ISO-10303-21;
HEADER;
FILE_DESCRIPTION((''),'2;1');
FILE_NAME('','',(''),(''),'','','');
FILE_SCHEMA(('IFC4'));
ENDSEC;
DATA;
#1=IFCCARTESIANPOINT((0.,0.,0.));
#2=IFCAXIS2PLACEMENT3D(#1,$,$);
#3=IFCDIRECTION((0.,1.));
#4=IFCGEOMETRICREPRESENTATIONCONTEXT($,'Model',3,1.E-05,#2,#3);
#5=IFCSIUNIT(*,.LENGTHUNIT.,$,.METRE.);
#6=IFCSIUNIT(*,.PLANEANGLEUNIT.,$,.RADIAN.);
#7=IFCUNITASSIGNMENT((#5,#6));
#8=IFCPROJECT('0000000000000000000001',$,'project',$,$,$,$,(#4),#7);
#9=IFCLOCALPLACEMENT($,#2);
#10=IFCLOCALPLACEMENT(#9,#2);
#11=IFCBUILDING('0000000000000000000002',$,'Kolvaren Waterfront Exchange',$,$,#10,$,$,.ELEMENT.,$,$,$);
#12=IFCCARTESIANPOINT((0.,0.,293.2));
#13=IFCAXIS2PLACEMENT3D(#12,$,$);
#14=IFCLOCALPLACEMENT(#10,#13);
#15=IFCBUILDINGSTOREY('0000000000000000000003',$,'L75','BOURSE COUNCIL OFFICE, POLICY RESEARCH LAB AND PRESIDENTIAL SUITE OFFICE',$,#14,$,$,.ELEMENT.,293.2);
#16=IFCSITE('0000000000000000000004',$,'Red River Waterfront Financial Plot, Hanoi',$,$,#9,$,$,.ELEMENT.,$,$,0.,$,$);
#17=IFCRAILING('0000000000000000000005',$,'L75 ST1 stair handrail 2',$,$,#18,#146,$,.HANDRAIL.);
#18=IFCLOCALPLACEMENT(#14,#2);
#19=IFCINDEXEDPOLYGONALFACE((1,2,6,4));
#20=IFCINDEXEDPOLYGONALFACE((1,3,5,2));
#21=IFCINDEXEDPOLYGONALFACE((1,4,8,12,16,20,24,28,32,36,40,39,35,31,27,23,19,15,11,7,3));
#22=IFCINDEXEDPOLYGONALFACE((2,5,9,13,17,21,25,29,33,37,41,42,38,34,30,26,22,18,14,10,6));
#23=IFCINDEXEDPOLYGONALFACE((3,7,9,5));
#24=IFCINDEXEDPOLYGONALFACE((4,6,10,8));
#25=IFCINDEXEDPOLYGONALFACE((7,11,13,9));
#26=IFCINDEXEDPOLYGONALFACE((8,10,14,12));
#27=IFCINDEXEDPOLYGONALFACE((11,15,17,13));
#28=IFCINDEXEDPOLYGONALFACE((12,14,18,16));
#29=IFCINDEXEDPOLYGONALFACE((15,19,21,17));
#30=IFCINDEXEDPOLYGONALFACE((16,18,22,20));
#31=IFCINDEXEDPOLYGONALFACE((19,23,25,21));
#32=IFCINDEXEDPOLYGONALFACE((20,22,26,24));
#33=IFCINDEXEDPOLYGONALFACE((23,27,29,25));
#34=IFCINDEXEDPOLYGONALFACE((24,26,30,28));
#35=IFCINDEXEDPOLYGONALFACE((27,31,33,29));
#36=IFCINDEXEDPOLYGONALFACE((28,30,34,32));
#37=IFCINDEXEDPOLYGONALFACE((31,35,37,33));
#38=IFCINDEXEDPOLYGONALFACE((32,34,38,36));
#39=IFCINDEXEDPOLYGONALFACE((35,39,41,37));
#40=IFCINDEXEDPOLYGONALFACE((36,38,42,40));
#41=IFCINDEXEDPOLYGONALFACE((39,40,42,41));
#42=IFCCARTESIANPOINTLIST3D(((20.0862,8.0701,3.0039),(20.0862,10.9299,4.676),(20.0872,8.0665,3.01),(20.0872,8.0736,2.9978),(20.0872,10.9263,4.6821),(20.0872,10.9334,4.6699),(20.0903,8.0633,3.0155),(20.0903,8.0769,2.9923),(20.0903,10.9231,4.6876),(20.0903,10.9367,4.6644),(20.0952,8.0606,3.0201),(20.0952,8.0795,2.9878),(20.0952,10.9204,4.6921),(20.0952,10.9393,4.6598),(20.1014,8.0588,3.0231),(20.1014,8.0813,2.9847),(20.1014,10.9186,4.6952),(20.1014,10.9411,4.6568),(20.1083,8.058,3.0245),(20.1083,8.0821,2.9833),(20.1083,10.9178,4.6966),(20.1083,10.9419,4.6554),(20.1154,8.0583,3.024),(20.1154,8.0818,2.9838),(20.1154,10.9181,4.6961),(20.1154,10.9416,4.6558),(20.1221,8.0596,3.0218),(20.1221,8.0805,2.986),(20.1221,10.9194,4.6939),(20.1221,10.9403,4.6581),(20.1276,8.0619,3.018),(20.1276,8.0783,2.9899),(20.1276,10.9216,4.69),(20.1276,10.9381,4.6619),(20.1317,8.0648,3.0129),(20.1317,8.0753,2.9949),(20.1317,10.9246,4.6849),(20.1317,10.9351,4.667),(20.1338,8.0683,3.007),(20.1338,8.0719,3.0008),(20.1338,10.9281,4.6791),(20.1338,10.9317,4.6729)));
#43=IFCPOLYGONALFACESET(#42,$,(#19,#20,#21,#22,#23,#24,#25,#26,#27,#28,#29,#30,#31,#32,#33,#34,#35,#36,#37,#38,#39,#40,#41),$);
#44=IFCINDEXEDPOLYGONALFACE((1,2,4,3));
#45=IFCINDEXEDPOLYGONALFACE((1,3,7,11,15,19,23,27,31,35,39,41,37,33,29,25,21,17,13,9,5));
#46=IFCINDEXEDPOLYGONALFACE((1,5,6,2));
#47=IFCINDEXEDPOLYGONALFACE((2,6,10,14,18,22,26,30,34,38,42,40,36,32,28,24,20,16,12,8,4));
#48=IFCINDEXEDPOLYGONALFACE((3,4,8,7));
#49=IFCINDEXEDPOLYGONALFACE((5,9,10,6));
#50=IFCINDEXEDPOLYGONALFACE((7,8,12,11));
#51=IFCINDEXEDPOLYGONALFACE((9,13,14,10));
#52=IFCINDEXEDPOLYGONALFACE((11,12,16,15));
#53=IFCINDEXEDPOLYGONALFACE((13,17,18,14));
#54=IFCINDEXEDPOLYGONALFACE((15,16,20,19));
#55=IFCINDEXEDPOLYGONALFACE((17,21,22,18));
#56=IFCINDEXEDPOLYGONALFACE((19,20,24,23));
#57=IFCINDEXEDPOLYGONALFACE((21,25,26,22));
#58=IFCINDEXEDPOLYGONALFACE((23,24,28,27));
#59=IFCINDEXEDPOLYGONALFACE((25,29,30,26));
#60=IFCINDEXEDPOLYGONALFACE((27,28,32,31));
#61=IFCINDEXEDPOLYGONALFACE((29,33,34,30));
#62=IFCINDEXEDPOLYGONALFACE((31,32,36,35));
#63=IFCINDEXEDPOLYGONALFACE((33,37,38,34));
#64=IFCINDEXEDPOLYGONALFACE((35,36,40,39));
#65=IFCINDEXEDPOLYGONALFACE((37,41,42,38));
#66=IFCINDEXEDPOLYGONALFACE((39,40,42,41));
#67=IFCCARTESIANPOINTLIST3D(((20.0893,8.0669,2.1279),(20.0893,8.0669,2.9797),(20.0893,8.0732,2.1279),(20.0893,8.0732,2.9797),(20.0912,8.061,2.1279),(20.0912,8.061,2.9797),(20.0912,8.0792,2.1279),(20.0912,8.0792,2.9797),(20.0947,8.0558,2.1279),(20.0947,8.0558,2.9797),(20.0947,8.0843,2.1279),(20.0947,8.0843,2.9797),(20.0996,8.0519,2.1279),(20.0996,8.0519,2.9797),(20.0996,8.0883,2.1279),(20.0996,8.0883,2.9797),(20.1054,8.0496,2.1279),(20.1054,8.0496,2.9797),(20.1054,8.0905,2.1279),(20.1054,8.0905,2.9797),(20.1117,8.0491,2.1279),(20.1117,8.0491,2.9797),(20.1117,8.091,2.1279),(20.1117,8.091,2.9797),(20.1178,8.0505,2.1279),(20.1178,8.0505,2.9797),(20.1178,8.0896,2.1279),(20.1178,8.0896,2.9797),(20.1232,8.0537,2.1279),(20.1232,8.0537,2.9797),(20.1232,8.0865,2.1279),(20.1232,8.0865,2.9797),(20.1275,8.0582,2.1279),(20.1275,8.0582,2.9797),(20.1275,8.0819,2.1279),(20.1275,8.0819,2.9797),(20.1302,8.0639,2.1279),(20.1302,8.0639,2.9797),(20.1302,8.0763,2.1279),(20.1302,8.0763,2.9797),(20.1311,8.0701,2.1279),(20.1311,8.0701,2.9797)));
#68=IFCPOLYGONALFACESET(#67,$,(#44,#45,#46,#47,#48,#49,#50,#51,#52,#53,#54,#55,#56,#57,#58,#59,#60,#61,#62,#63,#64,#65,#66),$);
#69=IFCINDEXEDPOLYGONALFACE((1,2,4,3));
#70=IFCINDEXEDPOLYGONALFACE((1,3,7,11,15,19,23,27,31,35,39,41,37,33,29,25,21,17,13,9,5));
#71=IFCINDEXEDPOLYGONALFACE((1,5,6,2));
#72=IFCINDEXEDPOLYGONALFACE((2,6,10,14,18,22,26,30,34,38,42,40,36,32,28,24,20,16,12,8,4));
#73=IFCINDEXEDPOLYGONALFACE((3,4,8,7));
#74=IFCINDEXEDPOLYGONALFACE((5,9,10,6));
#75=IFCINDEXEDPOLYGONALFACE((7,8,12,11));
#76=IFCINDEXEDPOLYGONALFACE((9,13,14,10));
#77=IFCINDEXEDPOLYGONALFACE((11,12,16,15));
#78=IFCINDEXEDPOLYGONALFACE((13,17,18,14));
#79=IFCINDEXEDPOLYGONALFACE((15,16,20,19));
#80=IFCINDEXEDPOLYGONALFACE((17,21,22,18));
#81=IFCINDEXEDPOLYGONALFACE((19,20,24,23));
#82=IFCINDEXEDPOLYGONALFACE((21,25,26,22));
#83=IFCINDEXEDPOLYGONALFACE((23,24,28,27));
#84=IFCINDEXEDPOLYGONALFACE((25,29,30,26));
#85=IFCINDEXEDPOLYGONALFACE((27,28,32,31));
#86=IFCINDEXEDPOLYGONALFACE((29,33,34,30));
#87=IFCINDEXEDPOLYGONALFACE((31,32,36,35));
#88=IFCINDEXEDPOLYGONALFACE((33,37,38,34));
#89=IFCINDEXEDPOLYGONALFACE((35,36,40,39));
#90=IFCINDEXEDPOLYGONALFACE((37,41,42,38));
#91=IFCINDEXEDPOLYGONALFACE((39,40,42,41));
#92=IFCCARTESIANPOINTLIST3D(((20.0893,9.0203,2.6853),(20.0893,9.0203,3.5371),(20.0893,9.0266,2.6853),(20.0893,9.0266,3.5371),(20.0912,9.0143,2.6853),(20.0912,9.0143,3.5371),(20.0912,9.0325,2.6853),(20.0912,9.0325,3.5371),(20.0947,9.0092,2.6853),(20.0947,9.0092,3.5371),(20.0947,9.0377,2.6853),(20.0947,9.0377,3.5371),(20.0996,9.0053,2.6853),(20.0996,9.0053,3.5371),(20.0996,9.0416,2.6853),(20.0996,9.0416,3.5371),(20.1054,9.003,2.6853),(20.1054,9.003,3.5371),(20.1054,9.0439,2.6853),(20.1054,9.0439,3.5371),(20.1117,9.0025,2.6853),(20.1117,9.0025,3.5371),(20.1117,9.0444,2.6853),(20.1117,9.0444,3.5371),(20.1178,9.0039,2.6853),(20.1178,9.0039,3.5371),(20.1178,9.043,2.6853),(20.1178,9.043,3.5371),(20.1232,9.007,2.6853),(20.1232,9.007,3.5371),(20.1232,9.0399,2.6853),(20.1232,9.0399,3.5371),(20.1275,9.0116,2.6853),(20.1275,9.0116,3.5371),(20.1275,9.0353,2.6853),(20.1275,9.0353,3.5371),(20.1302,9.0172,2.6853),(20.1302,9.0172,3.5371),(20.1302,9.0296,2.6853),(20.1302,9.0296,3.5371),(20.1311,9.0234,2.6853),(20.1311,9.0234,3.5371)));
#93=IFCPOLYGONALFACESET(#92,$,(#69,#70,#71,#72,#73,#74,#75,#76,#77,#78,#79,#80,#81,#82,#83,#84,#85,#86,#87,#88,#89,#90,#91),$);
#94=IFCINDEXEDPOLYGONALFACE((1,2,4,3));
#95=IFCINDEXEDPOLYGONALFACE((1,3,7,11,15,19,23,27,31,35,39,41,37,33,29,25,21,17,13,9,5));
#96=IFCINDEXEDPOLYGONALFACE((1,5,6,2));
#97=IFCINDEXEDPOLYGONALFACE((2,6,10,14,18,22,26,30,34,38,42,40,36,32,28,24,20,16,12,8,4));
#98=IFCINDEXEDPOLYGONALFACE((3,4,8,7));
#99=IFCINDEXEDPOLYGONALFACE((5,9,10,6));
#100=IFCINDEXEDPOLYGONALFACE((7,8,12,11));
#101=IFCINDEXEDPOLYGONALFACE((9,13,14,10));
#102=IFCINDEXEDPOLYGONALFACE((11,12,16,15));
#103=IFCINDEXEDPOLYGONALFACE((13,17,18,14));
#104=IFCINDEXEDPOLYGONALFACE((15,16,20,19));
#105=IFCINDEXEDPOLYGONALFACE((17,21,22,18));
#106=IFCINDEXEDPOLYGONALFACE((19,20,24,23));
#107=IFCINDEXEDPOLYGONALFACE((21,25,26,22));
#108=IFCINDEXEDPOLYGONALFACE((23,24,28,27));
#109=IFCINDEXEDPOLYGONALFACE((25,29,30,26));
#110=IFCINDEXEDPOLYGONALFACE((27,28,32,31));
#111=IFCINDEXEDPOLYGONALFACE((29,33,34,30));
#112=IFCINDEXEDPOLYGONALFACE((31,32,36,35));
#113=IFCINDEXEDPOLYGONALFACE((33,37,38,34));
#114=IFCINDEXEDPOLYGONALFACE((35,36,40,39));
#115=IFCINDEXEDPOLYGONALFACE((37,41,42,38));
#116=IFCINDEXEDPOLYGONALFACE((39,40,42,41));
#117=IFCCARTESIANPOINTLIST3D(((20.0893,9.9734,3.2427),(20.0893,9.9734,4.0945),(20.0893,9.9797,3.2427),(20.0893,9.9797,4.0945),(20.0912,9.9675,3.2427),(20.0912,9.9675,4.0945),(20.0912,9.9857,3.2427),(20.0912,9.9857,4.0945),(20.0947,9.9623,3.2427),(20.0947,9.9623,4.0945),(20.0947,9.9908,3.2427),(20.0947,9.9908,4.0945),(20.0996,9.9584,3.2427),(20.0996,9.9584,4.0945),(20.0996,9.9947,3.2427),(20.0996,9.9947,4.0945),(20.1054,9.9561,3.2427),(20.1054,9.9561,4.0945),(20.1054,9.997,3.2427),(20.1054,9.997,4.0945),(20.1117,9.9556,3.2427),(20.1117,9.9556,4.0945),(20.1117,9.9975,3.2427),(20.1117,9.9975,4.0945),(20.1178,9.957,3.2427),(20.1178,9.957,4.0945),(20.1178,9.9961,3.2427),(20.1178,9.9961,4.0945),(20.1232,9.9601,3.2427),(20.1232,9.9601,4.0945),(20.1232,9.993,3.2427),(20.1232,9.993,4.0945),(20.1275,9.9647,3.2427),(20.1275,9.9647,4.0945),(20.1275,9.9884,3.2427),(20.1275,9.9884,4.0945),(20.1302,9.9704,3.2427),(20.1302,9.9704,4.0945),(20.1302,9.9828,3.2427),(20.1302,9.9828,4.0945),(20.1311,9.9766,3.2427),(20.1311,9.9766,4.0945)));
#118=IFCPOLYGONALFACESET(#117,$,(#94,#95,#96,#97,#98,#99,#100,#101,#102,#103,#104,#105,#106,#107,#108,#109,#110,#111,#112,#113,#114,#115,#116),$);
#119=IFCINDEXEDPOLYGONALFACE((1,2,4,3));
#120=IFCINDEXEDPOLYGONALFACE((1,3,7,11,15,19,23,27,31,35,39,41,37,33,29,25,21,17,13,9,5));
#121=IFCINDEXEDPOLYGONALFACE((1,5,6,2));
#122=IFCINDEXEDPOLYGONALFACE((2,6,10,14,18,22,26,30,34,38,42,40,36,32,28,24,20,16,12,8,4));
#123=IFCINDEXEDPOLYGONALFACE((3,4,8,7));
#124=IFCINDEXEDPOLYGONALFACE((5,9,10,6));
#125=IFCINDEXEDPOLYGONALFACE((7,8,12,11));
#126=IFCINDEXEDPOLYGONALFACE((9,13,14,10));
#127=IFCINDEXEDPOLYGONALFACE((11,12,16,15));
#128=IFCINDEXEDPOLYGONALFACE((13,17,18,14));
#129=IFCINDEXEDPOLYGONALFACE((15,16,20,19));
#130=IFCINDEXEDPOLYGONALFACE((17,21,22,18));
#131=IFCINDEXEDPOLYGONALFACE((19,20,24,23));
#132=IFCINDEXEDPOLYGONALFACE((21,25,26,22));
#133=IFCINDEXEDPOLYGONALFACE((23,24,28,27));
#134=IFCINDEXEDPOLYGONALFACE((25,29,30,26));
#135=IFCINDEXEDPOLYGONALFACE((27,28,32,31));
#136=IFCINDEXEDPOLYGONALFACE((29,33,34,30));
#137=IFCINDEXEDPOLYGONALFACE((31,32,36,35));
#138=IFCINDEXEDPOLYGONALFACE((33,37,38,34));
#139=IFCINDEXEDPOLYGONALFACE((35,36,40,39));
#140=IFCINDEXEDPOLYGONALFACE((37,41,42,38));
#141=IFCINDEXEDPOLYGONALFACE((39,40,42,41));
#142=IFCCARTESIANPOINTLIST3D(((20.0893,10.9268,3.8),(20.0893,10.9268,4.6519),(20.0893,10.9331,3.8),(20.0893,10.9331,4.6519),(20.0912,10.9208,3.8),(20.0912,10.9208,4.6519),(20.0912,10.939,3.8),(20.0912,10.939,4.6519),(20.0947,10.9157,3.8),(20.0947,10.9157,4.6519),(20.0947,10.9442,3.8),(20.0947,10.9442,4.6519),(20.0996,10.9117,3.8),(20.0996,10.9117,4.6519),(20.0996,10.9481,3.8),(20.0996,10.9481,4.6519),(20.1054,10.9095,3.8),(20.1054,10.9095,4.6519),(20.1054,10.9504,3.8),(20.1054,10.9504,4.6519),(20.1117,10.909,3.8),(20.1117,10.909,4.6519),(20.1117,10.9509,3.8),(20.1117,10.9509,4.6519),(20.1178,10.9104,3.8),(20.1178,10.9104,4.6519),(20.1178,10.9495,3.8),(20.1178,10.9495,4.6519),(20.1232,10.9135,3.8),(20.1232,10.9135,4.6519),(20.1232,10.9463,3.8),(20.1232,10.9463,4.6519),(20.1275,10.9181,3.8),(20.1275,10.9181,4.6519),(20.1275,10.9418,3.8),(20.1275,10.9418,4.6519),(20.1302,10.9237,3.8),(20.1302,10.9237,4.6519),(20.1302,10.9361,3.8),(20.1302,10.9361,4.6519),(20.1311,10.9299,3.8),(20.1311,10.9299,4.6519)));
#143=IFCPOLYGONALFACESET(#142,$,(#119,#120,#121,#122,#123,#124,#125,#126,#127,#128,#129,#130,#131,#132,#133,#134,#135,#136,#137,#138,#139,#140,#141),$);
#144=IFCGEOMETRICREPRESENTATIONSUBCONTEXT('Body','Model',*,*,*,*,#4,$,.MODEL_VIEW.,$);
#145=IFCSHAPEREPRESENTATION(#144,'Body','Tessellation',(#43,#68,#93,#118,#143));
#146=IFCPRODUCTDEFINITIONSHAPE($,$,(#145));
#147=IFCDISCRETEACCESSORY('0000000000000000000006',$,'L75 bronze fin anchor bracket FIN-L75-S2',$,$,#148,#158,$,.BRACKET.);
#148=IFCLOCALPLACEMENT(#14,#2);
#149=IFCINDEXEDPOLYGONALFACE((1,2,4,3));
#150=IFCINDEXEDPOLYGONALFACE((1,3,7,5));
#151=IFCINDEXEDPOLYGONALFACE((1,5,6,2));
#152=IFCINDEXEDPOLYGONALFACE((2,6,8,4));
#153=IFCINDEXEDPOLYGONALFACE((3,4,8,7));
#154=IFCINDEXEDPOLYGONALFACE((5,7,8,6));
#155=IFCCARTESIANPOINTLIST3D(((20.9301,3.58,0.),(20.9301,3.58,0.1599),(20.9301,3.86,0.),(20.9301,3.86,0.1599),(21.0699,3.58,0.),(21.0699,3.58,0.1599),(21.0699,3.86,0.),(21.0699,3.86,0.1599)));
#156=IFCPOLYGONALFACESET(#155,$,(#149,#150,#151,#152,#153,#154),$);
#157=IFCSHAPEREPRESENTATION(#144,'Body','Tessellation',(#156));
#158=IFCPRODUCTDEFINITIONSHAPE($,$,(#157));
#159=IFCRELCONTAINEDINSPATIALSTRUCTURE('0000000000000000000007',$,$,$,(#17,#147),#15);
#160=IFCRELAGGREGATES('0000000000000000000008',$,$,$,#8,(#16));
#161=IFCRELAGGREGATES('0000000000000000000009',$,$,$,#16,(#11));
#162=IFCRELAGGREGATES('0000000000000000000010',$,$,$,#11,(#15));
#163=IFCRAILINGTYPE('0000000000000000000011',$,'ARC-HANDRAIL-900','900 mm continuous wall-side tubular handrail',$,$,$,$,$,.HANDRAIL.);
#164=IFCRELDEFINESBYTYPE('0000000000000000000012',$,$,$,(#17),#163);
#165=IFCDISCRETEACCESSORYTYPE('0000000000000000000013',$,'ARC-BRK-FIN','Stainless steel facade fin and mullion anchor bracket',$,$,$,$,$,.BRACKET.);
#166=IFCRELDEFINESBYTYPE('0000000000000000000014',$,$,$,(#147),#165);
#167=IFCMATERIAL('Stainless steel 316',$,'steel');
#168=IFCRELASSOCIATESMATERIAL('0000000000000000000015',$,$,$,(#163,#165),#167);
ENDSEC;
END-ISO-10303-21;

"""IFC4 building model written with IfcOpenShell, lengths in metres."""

from ifc_helpers import new_model, si_unit, direction, frame, origin, origin_with_axes, origin_2d, place, context, subcontext, project, spatial, rectangle, circle, extrude, source, transform, mapped, material, type_object, element, save


model = new_model("IFC4")

# Units and contexts
model_context = context("Model", 3, precision=1e-05, world=origin(), true_north=direction((0.0, 1.0)))
body_context = subcontext(model_context, "Body", "Model", "MODEL_VIEW")
ifc_project = project(units=[si_unit("LENGTHUNIT", "METRE"), si_unit("PLANEANGLEUNIT", "RADIAN")], contexts=[model_context])

# Site, building, storey
site_placement = place(None, origin())
site = spatial("IfcSite", under=ifc_project, at=site_placement, Name="Red River Waterfront Financial Plot, Hanoi", CompositionType="ELEMENT", RefElevation=0.0)
building_placement = place(site_placement, origin())
building = spatial("IfcBuilding", under=site, at=building_placement, Name="Kolvaren Waterfront Exchange", CompositionType="ELEMENT")
storey_placement = place(building_placement, frame((0.0, 0.0, 293.2)))
storey = spatial("IfcBuildingStorey", under=building, at=storey_placement, Name="L75", Description="BOURSE COUNCIL OFFICE, POLICY RESEARCH LAB AND PRESIDENTIAL SUITE OFFICE", CompositionType="ELEMENT", Elevation=293.2)

# Railing
ifc_material_1 = material(Name="Stainless steel 316", Category="steel")
railing_type_1 = type_object("IfcRailingType", Name="ARC-HANDRAIL-900", Description="900 mm continuous wall-side tubular handrail", PredefinedType="HANDRAIL", material=ifc_material_1)
railing_1_placement = place(storey_placement, frame((20.1101, 8.0701, 2.1279)))
element("IfcRailing", 1, at=railing_1_placement, inside=storey, type_object=railing_type_1, Name="L75 ST1 stair handrail 2", PredefinedType="HANDRAIL", context=body_context, shape_type="SweptSolid", body=[
    extrude(circle(Radius=0.0239, at=origin_2d()), frame((0.0, 0.0, 0.876), z_axis=(0.0, 0.863271, 0.504741), x_axis=(-1.0, 0.0, 0.0)), (0.0, 0.0, 1.0), 3.3127),
    extrude(circle(Radius=0.021, at=origin_2d()), origin(), (0.0, 0.0, 1.0), 0.8518),
    extrude(circle(Radius=0.021, at=origin_2d()), frame((0.0, 0.9534, 0.5574)), (0.0, 0.0, 1.0), 0.8518),
    extrude(circle(Radius=0.021, at=origin_2d()), frame((0.0, 1.9065, 1.1147)), (0.0, 0.0, 1.0), 0.8518),
    extrude(circle(Radius=0.021, at=origin_2d()), frame((0.0, 2.8599, 1.6721)), (0.0, 0.0, 1.0), 0.8518),
])

# Discrete accessory
discrete_accessory_type = type_object("IfcDiscreteAccessoryType", Name="ARC-BRK-FIN", Description="Stainless steel facade fin and mullion anchor bracket", PredefinedType="BRACKET", material=ifc_material_1)
shared_shape_1 = source(origin_with_axes(), body_context, "Body", "SweptSolid", [
    extrude(rectangle(XDim=0.28, YDim=0.1399, at=origin_2d()), origin(), (0.0, 0.0, 1.0), 0.1599),
])
discrete_accessory_placement = place(storey_placement, frame((21.0, 3.72, 0.0), z_axis=(0.0, 0.0, 1.0), x_axis=(0.0, -1.0, 0.0)))
element("IfcDiscreteAccessory", 2, at=discrete_accessory_placement, inside=storey, type_object=discrete_accessory_type, Name="L75 bronze fin anchor bracket FIN-L75-S2", PredefinedType="BRACKET", context=body_context, shape_type="MappedRepresentation", body=[
    mapped(shared_shape_1, transform((0.0, 0.0, 0.0), x_axis=(1.0, 0.0, 0.0), y_axis=(0.0, 1.0, 0.0), z_axis=(0.0, 0.0, 1.0), scale=1.0)),
])

save(model, "model.ifc")
